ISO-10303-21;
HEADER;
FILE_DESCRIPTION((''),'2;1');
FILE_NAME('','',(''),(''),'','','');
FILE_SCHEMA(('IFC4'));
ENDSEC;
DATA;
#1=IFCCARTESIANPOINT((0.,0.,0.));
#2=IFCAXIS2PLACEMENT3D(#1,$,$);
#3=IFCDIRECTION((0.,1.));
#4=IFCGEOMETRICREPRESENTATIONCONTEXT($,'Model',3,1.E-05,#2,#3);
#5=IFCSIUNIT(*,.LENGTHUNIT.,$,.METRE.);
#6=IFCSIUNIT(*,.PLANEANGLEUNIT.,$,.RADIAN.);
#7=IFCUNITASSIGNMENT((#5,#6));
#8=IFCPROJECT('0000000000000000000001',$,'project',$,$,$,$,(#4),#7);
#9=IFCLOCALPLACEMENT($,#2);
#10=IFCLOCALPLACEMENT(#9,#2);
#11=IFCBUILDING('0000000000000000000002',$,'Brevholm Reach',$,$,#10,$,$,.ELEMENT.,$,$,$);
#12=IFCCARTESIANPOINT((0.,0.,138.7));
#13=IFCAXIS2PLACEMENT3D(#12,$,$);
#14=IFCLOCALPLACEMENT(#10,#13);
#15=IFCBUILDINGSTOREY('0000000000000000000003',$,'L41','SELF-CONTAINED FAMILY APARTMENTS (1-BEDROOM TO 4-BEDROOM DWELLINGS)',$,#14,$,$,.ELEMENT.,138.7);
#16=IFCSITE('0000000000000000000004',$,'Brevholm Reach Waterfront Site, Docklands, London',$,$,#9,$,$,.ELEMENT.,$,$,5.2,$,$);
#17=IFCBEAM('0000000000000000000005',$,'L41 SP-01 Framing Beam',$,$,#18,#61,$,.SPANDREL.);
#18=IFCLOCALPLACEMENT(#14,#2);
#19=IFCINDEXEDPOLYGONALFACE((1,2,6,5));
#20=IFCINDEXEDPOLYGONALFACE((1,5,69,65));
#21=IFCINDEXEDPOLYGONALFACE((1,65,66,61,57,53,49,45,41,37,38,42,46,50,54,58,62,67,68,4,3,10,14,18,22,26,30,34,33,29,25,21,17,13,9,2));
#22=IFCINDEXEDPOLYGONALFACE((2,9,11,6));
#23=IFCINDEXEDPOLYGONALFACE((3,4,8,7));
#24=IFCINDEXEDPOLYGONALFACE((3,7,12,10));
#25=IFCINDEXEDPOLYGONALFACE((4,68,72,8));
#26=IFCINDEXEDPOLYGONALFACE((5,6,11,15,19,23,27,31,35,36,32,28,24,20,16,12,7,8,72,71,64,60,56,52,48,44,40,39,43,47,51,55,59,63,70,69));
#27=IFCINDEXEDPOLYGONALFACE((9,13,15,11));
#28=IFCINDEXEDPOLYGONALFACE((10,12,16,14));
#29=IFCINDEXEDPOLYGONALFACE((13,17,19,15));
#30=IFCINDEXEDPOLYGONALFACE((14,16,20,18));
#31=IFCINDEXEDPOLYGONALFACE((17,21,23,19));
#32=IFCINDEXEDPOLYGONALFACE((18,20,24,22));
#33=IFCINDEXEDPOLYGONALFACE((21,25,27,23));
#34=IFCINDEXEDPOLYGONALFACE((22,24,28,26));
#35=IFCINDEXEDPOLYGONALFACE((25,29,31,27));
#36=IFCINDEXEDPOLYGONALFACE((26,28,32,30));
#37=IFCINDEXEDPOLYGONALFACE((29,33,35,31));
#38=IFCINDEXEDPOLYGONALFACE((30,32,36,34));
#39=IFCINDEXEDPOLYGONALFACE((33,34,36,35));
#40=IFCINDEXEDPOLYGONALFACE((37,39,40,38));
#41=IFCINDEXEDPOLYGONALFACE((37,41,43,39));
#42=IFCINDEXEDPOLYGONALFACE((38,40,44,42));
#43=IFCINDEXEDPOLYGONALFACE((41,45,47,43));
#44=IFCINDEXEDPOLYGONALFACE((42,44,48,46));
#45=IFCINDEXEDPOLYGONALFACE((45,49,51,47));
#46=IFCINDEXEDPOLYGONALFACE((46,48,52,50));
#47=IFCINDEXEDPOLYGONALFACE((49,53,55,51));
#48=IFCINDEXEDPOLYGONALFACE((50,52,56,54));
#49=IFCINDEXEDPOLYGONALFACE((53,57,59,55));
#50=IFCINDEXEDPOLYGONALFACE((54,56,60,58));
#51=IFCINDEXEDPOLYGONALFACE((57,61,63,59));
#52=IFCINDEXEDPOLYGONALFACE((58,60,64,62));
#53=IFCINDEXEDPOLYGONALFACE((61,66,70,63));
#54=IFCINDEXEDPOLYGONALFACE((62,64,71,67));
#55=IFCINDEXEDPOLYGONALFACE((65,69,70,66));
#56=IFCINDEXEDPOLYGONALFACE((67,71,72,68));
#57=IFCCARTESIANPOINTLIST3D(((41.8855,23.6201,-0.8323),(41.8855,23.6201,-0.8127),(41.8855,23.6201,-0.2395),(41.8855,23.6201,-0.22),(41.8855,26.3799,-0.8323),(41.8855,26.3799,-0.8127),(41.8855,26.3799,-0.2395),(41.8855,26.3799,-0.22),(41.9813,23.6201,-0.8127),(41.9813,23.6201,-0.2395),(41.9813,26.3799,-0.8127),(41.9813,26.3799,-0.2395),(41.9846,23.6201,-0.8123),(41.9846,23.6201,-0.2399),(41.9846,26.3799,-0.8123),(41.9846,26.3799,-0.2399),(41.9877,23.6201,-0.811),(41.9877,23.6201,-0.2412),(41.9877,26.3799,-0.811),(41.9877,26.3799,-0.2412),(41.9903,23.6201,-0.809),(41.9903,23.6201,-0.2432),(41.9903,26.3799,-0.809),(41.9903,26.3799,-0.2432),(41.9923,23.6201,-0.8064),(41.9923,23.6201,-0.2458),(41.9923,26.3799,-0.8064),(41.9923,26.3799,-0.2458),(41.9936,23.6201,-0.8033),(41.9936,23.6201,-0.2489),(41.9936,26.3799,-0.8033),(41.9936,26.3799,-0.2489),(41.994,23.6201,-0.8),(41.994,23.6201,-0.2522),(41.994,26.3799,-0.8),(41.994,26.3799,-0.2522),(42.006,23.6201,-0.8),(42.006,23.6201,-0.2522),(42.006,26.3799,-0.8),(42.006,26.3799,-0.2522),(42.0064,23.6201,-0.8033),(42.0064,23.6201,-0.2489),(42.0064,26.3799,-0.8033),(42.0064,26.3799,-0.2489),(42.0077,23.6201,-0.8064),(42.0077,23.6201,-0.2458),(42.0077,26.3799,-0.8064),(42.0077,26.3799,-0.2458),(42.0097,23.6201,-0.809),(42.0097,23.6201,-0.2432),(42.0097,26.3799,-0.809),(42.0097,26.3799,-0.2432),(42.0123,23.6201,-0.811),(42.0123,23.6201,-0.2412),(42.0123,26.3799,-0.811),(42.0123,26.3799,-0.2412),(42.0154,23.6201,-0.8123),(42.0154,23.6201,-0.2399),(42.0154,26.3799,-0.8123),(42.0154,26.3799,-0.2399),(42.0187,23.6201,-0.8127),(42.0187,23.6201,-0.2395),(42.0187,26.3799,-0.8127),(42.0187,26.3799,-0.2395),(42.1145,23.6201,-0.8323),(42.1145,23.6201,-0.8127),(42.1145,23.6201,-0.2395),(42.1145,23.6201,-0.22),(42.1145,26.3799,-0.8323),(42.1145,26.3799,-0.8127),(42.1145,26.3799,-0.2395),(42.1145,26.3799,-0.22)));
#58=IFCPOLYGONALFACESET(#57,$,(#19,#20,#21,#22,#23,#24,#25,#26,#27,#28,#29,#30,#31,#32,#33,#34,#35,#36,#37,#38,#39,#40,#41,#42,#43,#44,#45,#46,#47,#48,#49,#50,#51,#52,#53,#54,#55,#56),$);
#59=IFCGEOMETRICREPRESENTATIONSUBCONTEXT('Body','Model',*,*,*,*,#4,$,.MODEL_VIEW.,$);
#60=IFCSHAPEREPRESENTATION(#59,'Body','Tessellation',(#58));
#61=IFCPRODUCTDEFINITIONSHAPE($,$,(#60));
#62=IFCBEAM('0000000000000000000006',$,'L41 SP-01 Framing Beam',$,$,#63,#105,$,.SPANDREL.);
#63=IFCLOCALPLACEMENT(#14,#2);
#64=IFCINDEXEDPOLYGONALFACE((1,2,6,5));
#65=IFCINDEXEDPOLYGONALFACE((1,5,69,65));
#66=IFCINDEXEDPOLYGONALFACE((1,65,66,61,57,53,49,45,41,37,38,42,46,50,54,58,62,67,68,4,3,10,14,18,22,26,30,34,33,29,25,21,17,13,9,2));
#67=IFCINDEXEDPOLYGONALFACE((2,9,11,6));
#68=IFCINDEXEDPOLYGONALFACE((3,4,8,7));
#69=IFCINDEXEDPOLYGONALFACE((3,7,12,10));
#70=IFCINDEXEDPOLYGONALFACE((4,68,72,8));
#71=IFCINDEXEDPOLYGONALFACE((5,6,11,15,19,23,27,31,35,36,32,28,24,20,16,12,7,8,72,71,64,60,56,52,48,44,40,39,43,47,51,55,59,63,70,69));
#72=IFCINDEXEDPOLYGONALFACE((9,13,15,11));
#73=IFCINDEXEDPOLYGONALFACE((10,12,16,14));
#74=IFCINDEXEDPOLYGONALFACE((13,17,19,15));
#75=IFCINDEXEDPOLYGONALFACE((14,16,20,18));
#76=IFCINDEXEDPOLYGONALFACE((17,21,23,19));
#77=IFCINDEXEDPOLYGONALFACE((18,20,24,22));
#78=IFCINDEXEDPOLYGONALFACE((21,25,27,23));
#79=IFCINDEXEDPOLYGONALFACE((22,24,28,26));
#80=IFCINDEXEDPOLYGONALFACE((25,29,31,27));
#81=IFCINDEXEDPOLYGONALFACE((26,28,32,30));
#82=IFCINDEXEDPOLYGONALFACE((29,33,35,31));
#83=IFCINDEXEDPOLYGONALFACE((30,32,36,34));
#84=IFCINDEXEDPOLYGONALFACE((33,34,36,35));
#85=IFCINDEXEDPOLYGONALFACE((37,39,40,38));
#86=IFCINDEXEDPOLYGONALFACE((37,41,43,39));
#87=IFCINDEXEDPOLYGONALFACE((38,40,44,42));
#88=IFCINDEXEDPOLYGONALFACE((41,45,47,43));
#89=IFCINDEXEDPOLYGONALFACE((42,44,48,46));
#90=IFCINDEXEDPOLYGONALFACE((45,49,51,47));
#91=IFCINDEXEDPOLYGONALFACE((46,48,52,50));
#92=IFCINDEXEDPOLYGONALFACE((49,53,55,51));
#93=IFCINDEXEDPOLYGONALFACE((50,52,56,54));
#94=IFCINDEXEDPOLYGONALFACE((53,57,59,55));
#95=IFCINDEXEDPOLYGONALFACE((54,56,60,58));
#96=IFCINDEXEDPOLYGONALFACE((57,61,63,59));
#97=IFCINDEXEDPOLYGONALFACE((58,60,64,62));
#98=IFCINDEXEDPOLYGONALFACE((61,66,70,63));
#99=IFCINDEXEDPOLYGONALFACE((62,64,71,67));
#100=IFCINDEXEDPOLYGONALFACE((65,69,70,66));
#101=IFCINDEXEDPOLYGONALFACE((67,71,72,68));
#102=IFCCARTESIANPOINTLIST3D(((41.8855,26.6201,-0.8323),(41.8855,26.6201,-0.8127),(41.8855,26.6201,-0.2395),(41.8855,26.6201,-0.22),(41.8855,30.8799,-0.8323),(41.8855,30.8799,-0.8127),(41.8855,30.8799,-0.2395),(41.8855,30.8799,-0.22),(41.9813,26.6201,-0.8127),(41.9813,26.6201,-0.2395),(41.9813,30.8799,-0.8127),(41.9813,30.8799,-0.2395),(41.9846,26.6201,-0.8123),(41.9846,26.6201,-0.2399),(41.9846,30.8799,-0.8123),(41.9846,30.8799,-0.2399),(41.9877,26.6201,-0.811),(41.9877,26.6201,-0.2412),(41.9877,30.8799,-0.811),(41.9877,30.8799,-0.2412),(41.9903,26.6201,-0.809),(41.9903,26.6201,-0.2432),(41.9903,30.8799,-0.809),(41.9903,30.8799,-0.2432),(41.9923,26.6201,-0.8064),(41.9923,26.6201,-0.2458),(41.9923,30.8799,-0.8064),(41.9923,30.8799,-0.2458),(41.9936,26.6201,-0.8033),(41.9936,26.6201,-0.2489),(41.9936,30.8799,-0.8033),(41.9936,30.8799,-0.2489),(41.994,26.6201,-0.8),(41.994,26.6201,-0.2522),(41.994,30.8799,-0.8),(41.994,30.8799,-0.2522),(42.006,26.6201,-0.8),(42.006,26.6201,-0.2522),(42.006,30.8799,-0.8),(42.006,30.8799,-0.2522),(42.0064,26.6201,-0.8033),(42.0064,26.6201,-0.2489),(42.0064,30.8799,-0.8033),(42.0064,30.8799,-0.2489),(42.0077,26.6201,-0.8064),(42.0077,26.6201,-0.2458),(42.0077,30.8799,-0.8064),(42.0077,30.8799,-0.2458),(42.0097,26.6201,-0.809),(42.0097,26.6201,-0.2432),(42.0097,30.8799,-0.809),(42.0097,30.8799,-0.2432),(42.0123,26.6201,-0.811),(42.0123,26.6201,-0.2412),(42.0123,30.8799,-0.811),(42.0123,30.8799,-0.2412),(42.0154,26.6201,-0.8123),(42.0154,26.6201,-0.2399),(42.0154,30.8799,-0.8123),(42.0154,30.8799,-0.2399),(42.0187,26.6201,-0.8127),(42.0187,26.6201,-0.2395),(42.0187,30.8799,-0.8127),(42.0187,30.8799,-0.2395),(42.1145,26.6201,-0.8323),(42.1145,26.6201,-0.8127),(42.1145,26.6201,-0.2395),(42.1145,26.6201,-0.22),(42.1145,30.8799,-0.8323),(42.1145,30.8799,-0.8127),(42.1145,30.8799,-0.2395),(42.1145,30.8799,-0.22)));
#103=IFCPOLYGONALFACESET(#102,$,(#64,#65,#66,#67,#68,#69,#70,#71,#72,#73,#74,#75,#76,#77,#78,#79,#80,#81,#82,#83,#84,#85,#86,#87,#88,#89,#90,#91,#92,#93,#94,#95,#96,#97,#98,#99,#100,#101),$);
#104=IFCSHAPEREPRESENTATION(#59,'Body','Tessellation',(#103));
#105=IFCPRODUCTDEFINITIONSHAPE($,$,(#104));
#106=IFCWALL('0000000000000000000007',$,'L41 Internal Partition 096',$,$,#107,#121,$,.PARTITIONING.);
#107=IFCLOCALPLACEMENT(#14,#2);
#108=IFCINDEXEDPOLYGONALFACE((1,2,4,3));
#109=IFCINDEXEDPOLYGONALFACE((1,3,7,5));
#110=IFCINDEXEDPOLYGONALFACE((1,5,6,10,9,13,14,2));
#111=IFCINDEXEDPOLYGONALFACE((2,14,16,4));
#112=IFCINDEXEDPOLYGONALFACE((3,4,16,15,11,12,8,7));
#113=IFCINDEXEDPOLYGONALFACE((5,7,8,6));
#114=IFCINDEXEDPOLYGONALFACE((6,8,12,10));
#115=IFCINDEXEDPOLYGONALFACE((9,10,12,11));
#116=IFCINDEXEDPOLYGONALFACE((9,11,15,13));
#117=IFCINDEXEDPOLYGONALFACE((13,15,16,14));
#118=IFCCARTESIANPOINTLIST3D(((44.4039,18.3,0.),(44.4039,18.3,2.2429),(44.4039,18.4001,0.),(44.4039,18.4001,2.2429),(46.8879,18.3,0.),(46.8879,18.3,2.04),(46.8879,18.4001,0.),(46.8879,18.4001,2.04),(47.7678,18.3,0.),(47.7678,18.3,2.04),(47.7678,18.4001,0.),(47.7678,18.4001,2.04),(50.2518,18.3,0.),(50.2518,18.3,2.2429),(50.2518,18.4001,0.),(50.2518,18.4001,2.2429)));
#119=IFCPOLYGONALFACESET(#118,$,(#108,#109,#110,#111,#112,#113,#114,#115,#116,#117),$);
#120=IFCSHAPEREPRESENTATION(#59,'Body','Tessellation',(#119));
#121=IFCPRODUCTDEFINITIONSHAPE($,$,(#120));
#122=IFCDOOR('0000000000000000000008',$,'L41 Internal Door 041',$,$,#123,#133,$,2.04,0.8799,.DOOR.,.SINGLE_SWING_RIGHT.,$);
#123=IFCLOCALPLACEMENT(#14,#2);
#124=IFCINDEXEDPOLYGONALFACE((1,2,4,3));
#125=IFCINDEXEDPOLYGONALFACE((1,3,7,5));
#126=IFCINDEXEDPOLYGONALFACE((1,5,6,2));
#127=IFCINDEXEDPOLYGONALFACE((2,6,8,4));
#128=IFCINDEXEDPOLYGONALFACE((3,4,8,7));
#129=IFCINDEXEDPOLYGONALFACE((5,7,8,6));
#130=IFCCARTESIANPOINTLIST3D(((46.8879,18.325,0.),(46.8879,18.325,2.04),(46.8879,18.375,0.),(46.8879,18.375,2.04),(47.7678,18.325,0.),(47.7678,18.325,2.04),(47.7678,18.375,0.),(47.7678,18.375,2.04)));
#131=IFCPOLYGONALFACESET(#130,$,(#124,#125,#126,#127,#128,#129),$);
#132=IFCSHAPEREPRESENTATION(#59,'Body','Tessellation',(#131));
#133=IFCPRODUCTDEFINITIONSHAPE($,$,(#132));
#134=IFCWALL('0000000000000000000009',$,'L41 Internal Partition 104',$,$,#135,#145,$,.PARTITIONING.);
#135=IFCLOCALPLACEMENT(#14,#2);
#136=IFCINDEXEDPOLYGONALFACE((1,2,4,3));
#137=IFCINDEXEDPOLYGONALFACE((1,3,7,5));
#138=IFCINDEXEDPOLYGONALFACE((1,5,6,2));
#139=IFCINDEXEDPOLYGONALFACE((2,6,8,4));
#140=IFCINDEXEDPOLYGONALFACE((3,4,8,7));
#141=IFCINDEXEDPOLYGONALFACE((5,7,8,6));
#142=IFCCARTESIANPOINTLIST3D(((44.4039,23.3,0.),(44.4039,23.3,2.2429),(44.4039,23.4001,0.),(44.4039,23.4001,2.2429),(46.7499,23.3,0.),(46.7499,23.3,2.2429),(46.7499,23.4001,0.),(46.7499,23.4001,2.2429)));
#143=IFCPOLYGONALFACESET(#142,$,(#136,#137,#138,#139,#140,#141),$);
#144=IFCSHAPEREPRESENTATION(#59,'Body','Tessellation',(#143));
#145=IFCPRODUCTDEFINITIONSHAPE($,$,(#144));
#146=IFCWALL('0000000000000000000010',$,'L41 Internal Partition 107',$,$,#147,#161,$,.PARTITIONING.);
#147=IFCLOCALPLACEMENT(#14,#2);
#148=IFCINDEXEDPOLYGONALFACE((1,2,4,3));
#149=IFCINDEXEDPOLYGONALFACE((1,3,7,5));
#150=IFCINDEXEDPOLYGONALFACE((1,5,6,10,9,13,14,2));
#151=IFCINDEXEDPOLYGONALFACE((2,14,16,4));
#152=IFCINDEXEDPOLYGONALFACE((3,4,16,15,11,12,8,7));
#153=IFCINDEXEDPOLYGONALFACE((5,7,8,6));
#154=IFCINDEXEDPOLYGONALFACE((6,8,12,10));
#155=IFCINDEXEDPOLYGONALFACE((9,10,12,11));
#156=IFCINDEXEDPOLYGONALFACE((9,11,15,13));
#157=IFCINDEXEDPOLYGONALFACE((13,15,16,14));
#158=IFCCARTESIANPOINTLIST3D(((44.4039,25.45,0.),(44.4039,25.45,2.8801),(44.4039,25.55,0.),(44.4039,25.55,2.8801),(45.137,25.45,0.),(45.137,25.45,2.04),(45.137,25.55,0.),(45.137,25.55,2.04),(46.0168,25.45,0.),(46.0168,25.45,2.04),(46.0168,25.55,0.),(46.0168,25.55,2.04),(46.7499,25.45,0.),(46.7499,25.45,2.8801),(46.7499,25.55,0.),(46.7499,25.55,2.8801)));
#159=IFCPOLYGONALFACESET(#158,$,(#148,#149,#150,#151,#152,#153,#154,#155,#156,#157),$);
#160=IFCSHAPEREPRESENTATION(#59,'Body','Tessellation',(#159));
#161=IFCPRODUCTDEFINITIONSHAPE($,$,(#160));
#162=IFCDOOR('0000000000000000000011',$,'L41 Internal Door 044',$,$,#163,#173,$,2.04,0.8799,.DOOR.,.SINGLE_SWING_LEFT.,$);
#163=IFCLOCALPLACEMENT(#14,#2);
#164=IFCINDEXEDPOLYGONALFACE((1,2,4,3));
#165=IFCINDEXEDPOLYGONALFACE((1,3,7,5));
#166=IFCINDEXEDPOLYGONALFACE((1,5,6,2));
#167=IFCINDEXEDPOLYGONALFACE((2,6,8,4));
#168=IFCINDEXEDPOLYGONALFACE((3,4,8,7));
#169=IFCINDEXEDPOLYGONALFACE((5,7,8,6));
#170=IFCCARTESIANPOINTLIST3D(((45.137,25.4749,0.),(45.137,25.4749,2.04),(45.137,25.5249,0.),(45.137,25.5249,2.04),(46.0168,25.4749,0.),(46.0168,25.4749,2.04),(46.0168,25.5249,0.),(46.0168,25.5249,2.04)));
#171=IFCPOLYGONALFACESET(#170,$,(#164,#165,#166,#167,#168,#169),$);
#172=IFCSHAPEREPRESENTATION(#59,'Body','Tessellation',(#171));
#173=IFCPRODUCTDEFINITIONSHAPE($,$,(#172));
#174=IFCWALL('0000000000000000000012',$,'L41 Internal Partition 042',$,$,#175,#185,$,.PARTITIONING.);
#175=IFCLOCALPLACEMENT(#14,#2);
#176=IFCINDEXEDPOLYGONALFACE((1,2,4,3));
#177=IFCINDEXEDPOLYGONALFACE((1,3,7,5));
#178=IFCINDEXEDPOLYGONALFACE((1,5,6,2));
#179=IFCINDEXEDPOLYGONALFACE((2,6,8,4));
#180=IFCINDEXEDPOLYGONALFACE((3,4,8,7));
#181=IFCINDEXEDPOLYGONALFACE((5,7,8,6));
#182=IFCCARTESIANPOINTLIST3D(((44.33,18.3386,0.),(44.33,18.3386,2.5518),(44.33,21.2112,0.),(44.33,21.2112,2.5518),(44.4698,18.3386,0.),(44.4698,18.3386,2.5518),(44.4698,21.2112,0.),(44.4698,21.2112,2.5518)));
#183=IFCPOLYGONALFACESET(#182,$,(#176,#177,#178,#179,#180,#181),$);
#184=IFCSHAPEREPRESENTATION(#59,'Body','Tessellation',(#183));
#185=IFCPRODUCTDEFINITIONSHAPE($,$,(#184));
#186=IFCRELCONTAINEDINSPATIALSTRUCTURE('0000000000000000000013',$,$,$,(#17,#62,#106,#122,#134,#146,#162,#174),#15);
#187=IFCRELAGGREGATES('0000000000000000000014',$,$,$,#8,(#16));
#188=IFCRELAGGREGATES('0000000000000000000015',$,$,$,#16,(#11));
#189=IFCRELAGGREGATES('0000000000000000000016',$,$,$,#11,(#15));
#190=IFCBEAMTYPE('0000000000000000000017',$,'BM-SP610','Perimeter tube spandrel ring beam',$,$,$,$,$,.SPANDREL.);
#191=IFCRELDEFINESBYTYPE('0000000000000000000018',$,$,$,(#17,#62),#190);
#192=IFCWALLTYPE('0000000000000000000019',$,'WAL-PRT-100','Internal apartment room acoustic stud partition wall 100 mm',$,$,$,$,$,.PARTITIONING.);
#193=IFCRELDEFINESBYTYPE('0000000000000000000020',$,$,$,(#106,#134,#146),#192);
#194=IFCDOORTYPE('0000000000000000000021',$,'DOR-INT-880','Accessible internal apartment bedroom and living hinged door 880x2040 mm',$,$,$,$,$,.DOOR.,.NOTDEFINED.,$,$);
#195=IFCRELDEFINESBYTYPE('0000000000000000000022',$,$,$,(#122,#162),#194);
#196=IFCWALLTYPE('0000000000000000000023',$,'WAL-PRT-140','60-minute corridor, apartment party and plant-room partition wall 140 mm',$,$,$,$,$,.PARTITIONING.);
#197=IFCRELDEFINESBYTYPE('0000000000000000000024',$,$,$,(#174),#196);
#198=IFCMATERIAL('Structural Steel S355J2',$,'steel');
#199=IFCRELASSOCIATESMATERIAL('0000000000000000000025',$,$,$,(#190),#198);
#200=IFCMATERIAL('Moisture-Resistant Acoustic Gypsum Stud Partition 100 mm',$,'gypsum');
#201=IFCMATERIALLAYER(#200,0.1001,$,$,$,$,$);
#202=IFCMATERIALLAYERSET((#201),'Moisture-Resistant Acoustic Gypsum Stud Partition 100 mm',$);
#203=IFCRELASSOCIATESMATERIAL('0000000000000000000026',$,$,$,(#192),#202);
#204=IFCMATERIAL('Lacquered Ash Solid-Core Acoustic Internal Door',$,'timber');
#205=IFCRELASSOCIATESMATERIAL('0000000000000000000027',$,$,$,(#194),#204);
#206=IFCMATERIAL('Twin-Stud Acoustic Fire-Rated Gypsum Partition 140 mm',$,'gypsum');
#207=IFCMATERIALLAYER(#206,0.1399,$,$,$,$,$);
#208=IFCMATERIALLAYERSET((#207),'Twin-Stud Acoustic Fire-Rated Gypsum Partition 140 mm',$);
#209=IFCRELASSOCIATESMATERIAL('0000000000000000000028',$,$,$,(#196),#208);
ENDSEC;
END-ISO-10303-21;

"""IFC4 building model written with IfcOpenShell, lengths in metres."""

from ifc_helpers import new_model, si_unit, direction, frame, frame_2d, origin, origin_2d, place, context, subcontext, project, spatial, rectangle, i_section, extrude, material, layer, layer_set, material_profile, profile_set, type_object, element, fill, save


model = new_model("IFC4")

# Units and contexts
model_context = context("Model", 3, precision=1e-05, world=origin(), true_north=direction((0.0, 1.0)))
body_context = subcontext(model_context, "Body", "Model", "MODEL_VIEW")
ifc_project = project(units=[si_unit("LENGTHUNIT", "METRE"), si_unit("PLANEANGLEUNIT", "RADIAN")], contexts=[model_context])

# Site, building, storey
site_placement = place(None, origin())
site = spatial("IfcSite", under=ifc_project, at=site_placement, Name="Brevholm Reach Waterfront Site, Docklands, London", CompositionType="ELEMENT", RefElevation=5.2)
building_placement = place(site_placement, origin())
building = spatial("IfcBuilding", under=site, at=building_placement, Name="Brevholm Reach", CompositionType="ELEMENT")
storey_placement = place(building_placement, frame((0.0, 0.0, 138.7)))
storey = spatial("IfcBuildingStorey", under=building, at=storey_placement, Name="L41", Description="SELF-CONTAINED FAMILY APARTMENTS (1-BEDROOM TO 4-BEDROOM DWELLINGS)", CompositionType="ELEMENT", Elevation=138.7)

# Beams
ifc_material_1 = material(Name="Structural Steel S355J2", Category="steel")
ifc_material_profile_1 = material_profile(ifc_material_1, i_section(OverallWidth=0.229, OverallDepth=0.6123, WebThickness=0.012, FlangeThickness=0.0195, FilletRadius=0.0127, at=origin_2d()), Name="UKB 610x229x125")
ifc_profile_set_1 = profile_set([ifc_material_profile_1], Name="Structural Steel S355J2")
beam_type_1 = type_object("IfcBeamType", Name="BM-SP610", Description="Perimeter tube spandrel ring beam", PredefinedType="SPANDREL", material=ifc_profile_set_1)
beam_1_placement = place(storey_placement, frame((42.0, 23.6201, -0.5261), z_axis=(0.0, 1.0, 0.0), x_axis=(-1.0, 0.0, 0.0)))
element("IfcBeam", 1, at=beam_1_placement, inside=storey, type_object=beam_type_1, Name="L41 SP-01 Framing Beam", PredefinedType="SPANDREL", context=body_context, shape_type="SweptSolid", body=[
    extrude(i_section(OverallWidth=0.229, OverallDepth=0.6123, WebThickness=0.012, FlangeThickness=0.0195, FilletRadius=0.0127, at=origin_2d()), origin(), (0.0, 0.0, 1.0), 2.7598),
])
beam_2_placement = place(storey_placement, frame((42.0, 26.6201, -0.5261), z_axis=(0.0, 1.0, 0.0), x_axis=(-1.0, 0.0, 0.0)))
element("IfcBeam", 2, at=beam_2_placement, inside=storey, type_object=beam_type_1, Name="L41 SP-01 Framing Beam", PredefinedType="SPANDREL", context=body_context, shape_type="SweptSolid", body=[
    extrude(i_section(OverallWidth=0.229, OverallDepth=0.6123, WebThickness=0.012, FlangeThickness=0.0195, FilletRadius=0.0127, at=origin_2d()), origin(), (0.0, 0.0, 1.0), 4.2598),
])

# Wall, opening, door
ifc_material_2 = material(Name="Moisture-Resistant Acoustic Gypsum Stud Partition 100 mm", Category="gypsum")
ifc_layer_1 = layer(ifc_material_2, 0.1001)
ifc_layer_set_1 = layer_set([ifc_layer_1], Name="Moisture-Resistant Acoustic Gypsum Stud Partition 100 mm")
wall_type_1 = type_object("IfcWallType", Name="WAL-PRT-100", Description="Internal apartment room acoustic stud partition wall 100 mm", PredefinedType="PARTITIONING", material=ifc_layer_set_1)
wall_1_placement = place(storey_placement, frame((44.4041, 18.3501, 0.0), z_axis=(0.0, 0.0, 1.0), x_axis=(1.0, 0.0, 0.0)))
wall_1 = element("IfcWall", 3, at=wall_1_placement, inside=storey, type_object=wall_type_1, Name="L41 Internal Partition 096", PredefinedType="PARTITIONING", context=body_context, shape_type="SweptSolid", body=[
    extrude(rectangle(XDim=5.8479, YDim=0.1001, at=frame_2d((2.9238, 0.0))), origin(), (0.0, 0.0, 1.0), 2.2429),
])
opening_1_placement = place(wall_1_placement, frame((2.4839, 0.0, 0.0)))
opening_1 = element("IfcOpeningElement", 4, at=opening_1_placement, cuts=wall_1, PredefinedType="OPENING", context=body_context, shape_type="SweptSolid", body=[
    extrude(rectangle(XDim=0.8799, YDim=2.04, at=frame_2d((0.4399, 1.02))), frame((0.0, 0.0601, 0.0), z_axis=(0.0, -1.0, 0.0), x_axis=(1.0, 0.0, 0.0)), (0.0, 0.0, 1.0), 0.1201),
])
ifc_material_3 = material(Name="Lacquered Ash Solid-Core Acoustic Internal Door", Category="timber")
door_type_1 = type_object("IfcDoorType", Name="DOR-INT-880", Description="Accessible internal apartment bedroom and living hinged door 880x2040 mm", OperationType="NOTDEFINED", PredefinedType="DOOR", material=ifc_material_3)
door_1_placement = place(opening_1_placement, origin())
door_1 = element("IfcDoor", 5, at=door_1_placement, inside=storey, type_object=door_type_1, Name="L41 Internal Door 041", OperationType="SINGLE_SWING_RIGHT", OverallHeight=2.04, OverallWidth=0.8799, PredefinedType="DOOR", context=body_context, shape_type="SweptSolid", body=[
    extrude(rectangle(XDim=0.8799, YDim=2.04, at=frame_2d((0.4399, 1.02))), frame((0.0, 0.0249, 0.0), z_axis=(0.0, -1.0, 0.0), x_axis=(1.0, 0.0, 0.0)), (0.0, 0.0, 1.0), 0.05),
])
fill(opening_1, door_1)

# Wall
wall_2_placement = place(storey_placement, frame((44.4041, 23.3501, 0.0), z_axis=(0.0, 0.0, 1.0), x_axis=(1.0, 0.0, 0.0)))
element("IfcWall", 6, at=wall_2_placement, inside=storey, type_object=wall_type_1, Name="L41 Internal Partition 104", PredefinedType="PARTITIONING", context=body_context, shape_type="SweptSolid", body=[
    extrude(rectangle(XDim=2.3459, YDim=0.1001, at=frame_2d((1.1729, 0.0))), origin(), (0.0, 0.0, 1.0), 2.2429),
])

# Wall, opening, door
wall_3_placement = place(storey_placement, frame((44.4041, 25.5, 0.0), z_axis=(0.0, 0.0, 1.0), x_axis=(1.0, 0.0, 0.0)))
wall_3 = element("IfcWall", 7, at=wall_3_placement, inside=storey, type_object=wall_type_1, Name="L41 Internal Partition 107", PredefinedType="PARTITIONING", context=body_context, shape_type="SweptSolid", body=[
    extrude(rectangle(XDim=2.3459, YDim=0.1001, at=frame_2d((1.1729, 0.0))), origin(), (0.0, 0.0, 1.0), 2.8801),
])
opening_2_placement = place(wall_3_placement, frame((0.7329, 0.0, 0.0)))
opening_2 = element("IfcOpeningElement", 8, at=opening_2_placement, cuts=wall_3, PredefinedType="OPENING", context=body_context, shape_type="SweptSolid", body=[
    extrude(rectangle(XDim=0.8799, YDim=2.04, at=frame_2d((0.4399, 1.02))), frame((0.0, 0.0601, 0.0), z_axis=(0.0, -1.0, 0.0), x_axis=(1.0, 0.0, 0.0)), (0.0, 0.0, 1.0), 0.1201),
])
door_2_placement = place(opening_2_placement, origin())
door_2 = element("IfcDoor", 9, at=door_2_placement, inside=storey, type_object=door_type_1, Name="L41 Internal Door 044", OperationType="SINGLE_SWING_LEFT", OverallHeight=2.04, OverallWidth=0.8799, PredefinedType="DOOR", context=body_context, shape_type="SweptSolid", body=[
    extrude(rectangle(XDim=0.8799, YDim=2.04, at=frame_2d((0.4399, 1.02))), frame((0.0, 0.0249, 0.0), z_axis=(0.0, -1.0, 0.0), x_axis=(1.0, 0.0, 0.0)), (0.0, 0.0, 1.0), 0.05),
])
fill(opening_2, door_2)

# Wall
ifc_material_4 = material(Name="Twin-Stud Acoustic Fire-Rated Gypsum Partition 140 mm", Category="gypsum")
ifc_layer_2 = layer(ifc_material_4, 0.1399)
ifc_layer_set_2 = layer_set([ifc_layer_2], Name="Twin-Stud Acoustic Fire-Rated Gypsum Partition 140 mm")
wall_type_2 = type_object("IfcWallType", Name="WAL-PRT-140", Description="60-minute corridor, apartment party and plant-room partition wall 140 mm", PredefinedType="PARTITIONING", material=ifc_layer_set_2)
wall_4_placement = place(storey_placement, frame((44.3999, 18.3386, 0.0), z_axis=(0.0, 0.0, 1.0), x_axis=(0.0, 1.0, 0.0)))
element("IfcWall", 10, at=wall_4_placement, inside=storey, type_object=wall_type_2, Name="L41 Internal Partition 042", PredefinedType="PARTITIONING", context=body_context, shape_type="SweptSolid", body=[
    extrude(rectangle(XDim=2.8726, YDim=0.1399, at=frame_2d((1.4363, 0.0))), origin(), (0.0, 0.0, 1.0), 2.5518),
])

save(model, "model.ifc")
